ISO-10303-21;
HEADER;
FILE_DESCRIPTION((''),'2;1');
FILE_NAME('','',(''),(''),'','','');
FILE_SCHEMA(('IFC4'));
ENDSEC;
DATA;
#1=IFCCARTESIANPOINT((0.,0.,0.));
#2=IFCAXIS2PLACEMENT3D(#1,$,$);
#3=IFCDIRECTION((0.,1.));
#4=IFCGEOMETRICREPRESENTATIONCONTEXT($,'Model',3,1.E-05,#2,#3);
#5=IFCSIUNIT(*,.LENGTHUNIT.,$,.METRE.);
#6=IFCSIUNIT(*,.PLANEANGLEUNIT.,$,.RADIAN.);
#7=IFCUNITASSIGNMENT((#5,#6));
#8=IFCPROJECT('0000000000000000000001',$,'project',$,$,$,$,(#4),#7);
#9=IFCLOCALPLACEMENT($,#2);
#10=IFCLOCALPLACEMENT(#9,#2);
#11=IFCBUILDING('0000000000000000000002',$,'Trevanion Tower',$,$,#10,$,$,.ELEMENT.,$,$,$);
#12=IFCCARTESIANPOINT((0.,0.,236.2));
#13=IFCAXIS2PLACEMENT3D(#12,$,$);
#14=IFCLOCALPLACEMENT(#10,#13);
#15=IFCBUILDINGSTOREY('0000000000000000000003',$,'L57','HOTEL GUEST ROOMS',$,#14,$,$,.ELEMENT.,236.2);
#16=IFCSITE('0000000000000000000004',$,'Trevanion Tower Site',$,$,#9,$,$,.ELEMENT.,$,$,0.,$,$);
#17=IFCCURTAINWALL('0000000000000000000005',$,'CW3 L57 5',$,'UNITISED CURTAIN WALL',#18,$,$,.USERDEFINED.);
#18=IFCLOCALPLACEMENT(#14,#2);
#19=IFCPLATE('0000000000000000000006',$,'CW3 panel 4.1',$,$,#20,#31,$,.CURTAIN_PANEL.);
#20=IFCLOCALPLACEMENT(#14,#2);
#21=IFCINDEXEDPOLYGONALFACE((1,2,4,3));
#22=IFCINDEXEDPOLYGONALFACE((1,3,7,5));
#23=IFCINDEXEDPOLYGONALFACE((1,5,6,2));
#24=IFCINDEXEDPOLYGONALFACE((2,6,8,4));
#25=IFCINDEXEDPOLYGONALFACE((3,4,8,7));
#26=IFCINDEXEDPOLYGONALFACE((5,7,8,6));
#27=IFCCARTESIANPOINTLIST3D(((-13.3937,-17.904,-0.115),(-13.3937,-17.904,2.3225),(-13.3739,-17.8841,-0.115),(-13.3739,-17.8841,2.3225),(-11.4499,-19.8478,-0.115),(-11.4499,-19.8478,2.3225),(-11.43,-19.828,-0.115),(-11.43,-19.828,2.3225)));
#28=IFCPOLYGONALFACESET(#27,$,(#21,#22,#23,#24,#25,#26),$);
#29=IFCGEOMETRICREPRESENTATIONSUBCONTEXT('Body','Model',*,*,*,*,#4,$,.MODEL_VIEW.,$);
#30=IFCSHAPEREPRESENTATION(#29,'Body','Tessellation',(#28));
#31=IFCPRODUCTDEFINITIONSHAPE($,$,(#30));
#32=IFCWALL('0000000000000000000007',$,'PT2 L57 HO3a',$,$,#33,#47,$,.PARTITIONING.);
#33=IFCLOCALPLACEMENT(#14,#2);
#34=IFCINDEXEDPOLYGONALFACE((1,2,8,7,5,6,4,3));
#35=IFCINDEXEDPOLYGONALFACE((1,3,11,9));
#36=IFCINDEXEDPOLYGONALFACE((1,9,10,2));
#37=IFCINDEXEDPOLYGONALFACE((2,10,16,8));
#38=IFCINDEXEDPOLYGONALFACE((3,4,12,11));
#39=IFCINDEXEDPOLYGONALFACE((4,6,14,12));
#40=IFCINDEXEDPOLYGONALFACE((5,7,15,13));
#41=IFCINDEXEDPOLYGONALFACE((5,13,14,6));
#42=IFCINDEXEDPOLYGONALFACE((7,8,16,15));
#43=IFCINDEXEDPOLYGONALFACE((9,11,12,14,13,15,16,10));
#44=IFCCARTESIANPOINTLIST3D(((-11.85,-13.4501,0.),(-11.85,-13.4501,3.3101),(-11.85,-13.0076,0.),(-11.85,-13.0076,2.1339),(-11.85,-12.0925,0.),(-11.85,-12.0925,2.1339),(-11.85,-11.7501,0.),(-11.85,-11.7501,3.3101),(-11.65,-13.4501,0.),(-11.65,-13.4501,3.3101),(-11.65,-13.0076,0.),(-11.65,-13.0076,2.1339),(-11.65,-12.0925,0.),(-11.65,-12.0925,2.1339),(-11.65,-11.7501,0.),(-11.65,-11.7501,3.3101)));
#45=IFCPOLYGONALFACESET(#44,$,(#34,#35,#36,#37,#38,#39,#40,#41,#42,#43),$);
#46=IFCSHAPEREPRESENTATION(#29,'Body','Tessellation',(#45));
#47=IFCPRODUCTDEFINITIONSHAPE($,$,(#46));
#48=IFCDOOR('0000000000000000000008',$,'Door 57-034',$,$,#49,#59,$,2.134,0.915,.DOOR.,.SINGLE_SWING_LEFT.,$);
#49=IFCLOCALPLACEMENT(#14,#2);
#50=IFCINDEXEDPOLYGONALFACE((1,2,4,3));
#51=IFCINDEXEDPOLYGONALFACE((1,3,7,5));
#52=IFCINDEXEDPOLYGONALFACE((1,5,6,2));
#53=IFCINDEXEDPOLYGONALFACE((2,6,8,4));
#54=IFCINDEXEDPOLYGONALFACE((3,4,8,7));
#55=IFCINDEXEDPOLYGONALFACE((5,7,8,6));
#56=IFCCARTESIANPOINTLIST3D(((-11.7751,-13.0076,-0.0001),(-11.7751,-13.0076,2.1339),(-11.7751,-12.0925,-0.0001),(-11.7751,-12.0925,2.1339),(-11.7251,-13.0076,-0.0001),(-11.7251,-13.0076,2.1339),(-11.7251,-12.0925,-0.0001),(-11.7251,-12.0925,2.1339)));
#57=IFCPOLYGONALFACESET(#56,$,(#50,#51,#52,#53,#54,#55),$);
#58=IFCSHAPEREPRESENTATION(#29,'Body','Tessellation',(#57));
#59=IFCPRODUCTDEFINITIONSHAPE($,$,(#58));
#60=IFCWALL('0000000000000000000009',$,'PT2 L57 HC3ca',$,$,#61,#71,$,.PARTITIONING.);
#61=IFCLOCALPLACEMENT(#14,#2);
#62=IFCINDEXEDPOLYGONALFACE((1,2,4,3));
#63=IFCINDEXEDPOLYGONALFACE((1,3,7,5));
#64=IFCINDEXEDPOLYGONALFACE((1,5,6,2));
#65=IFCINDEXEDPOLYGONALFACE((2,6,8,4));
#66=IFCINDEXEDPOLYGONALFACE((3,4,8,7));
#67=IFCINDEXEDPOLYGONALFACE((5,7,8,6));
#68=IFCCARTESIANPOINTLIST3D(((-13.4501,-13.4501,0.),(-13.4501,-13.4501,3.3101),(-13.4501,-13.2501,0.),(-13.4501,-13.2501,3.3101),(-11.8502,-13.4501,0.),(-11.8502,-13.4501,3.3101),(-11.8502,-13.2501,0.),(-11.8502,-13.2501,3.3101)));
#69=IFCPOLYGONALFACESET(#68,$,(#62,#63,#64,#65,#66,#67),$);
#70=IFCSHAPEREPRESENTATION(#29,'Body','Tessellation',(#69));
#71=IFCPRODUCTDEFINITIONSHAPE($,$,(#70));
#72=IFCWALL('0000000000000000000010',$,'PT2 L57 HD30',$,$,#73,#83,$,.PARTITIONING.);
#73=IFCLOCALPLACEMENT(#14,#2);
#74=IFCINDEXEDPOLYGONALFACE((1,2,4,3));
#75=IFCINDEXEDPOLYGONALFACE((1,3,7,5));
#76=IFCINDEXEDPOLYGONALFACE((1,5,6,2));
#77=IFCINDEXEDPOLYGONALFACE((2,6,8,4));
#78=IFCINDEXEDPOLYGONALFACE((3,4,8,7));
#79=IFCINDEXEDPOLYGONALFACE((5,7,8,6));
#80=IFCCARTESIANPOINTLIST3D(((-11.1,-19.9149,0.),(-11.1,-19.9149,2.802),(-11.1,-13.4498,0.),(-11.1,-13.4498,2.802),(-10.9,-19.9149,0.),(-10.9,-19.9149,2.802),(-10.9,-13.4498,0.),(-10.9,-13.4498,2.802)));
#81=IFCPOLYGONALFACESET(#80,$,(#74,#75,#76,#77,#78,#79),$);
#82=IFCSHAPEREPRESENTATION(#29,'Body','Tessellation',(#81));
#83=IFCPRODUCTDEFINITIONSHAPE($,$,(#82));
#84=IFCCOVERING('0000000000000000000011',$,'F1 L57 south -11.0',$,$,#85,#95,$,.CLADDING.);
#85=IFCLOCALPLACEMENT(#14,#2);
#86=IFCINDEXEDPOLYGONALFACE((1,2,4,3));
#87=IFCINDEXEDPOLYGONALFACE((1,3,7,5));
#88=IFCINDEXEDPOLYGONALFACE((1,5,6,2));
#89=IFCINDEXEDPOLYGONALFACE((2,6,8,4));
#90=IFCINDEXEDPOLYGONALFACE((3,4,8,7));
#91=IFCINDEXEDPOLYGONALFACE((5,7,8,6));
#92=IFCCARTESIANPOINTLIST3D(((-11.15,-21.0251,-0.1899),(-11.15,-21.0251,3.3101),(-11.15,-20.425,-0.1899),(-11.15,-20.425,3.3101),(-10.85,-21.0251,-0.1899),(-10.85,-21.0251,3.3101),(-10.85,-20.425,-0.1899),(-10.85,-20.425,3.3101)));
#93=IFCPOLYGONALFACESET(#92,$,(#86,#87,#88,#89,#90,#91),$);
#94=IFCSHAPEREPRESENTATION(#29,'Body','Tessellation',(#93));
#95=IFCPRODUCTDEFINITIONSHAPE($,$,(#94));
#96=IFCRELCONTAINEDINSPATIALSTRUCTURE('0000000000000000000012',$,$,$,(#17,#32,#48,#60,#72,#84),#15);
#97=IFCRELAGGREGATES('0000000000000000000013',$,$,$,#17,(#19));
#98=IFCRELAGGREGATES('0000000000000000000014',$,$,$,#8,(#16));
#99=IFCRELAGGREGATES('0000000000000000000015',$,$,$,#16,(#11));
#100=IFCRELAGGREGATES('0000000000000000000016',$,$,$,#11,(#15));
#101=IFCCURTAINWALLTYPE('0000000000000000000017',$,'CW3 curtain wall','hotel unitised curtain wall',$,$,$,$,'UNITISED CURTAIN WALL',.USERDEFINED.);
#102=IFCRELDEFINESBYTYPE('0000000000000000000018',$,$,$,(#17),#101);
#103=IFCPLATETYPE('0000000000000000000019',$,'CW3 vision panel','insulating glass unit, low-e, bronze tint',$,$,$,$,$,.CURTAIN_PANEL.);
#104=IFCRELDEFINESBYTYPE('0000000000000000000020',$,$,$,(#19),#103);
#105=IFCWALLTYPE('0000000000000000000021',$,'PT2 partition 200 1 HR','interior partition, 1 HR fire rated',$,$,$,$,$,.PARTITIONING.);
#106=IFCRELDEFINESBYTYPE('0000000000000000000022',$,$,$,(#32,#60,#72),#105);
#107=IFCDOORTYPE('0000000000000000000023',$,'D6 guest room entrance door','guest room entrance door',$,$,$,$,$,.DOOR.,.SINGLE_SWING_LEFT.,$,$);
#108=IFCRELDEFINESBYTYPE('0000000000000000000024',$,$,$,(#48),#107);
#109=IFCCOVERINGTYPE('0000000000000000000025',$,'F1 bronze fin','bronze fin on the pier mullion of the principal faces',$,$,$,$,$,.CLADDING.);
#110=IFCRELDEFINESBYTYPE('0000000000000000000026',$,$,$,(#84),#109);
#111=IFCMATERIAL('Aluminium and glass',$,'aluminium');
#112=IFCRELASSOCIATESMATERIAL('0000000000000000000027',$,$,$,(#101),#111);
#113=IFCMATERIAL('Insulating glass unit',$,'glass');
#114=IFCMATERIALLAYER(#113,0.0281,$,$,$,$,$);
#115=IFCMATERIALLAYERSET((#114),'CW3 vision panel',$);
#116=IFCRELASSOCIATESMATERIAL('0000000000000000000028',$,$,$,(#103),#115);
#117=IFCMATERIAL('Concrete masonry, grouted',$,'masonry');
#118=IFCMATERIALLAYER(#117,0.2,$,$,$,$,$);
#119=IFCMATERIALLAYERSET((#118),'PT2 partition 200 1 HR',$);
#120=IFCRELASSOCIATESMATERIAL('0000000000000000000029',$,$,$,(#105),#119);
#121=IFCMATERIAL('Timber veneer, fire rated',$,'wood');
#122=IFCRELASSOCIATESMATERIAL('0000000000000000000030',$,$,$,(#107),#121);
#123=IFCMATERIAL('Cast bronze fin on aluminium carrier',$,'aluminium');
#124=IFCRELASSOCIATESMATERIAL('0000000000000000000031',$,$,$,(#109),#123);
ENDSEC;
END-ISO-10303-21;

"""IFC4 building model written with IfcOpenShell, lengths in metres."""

from ifc_helpers import new_model, si_unit, direction, frame, frame_2d, origin, origin_2d, place, context, subcontext, project, spatial, rectangle, extrude, material, layer, layer_set, type_object, element, fill, aggregate, save


model = new_model("IFC4")

# Units and contexts
model_context = context("Model", 3, precision=1e-05, world=origin(), true_north=direction((0.0, 1.0)))
body_context = subcontext(model_context, "Body", "Model", "MODEL_VIEW")
ifc_project = project(units=[si_unit("LENGTHUNIT", "METRE"), si_unit("PLANEANGLEUNIT", "RADIAN")], contexts=[model_context])

# Site, building, storey
site_placement = place(None, origin())
site = spatial("IfcSite", under=ifc_project, at=site_placement, Name="Trevanion Tower Site", CompositionType="ELEMENT", RefElevation=0.0)
building_placement = place(site_placement, origin())
building = spatial("IfcBuilding", under=site, at=building_placement, Name="Trevanion Tower", CompositionType="ELEMENT")
storey_placement = place(building_placement, frame((0.0, 0.0, 236.2)))
storey = spatial("IfcBuildingStorey", under=building, at=storey_placement, Name="L57", Description="HOTEL GUEST ROOMS", CompositionType="ELEMENT", Elevation=236.2)

# Curtain wall
ifc_material_1 = material(Name="Aluminium and glass", Category="aluminium")
curtain_wall_type = type_object("IfcCurtainWallType", Name="CW3 curtain wall", Description="hotel unitised curtain wall", ElementType="UNITISED CURTAIN WALL", PredefinedType="USERDEFINED", material=ifc_material_1)
curtain_wall_placement = place(storey_placement, origin())
curtain_wall = element("IfcCurtainWall", 1, at=curtain_wall_placement, inside=storey, type_object=curtain_wall_type, Name="CW3 L57 5", ObjectType="UNITISED CURTAIN WALL", PredefinedType="USERDEFINED")

# Plate
ifc_material_2 = material(Name="Insulating glass unit", Category="glass")
ifc_layer_1 = layer(ifc_material_2, 0.0281)
ifc_layer_set_1 = layer_set([ifc_layer_1], Name="CW3 vision panel")
plate_type_1 = type_object("IfcPlateType", Name="CW3 vision panel", Description="insulating glass unit, low-e, bronze tint", PredefinedType="CURTAIN_PANEL", material=ifc_layer_set_1)
plate_1_placement = place(storey_placement, frame((-12.4119, -18.866, -0.115), z_axis=(0.0, 0.0, 1.0), x_axis=(0.707107, -0.707107, 0.0)))
plate_1 = element("IfcPlate", 2, at=plate_1_placement, type_object=plate_type_1, Name="CW3 panel 4.1", PredefinedType="CURTAIN_PANEL", context=body_context, shape_type="SweptSolid", body=[
    extrude(rectangle(XDim=2.749, YDim=0.0281, at=origin_2d()), origin(), (0.0, 0.0, 1.0), 2.4375),
])
aggregate(curtain_wall, [plate_1])

# Wall, opening, door
ifc_material_3 = material(Name="Concrete masonry, grouted", Category="masonry")
ifc_layer_2 = layer(ifc_material_3, 0.2)
ifc_layer_set_2 = layer_set([ifc_layer_2], Name="PT2 partition 200 1 HR")
wall_type = type_object("IfcWallType", Name="PT2 partition 200 1 HR", Description="interior partition, 1 HR fire rated", PredefinedType="PARTITIONING", material=ifc_layer_set_2)
wall_1_placement = place(storey_placement, frame((-11.75, -11.75, 0.0), z_axis=(0.0, 0.0, 1.0), x_axis=(0.0, -1.0, 0.0)))
wall_1 = element("IfcWall", 3, at=wall_1_placement, inside=storey, type_object=wall_type, Name="PT2 L57 HO3a", PredefinedType="PARTITIONING", context=body_context, shape_type="SweptSolid", body=[
    extrude(rectangle(XDim=1.7, YDim=0.2, at=frame_2d((0.8501, 0.0))), origin(), (0.0, 0.0, 1.0), 3.3101),
])
opening_placement = place(wall_1_placement, frame((0.3425, 0.0, 0.0)))
opening = element("IfcOpeningElement", 4, at=opening_placement, cuts=wall_1, PredefinedType="OPENING", context=body_context, shape_type="SweptSolid", body=[
    extrude(rectangle(XDim=0.915, YDim=2.134, at=frame_2d((0.4575, 1.0669))), frame((0.0, 0.1099, 0.0), z_axis=(0.0, -1.0, 0.0), x_axis=(1.0, 0.0, 0.0)), (0.0, 0.0, 1.0), 0.22),
])
ifc_material_4 = material(Name="Timber veneer, fire rated", Category="wood")
door_type = type_object("IfcDoorType", Name="D6 guest room entrance door", Description="guest room entrance door", OperationType="SINGLE_SWING_LEFT", PredefinedType="DOOR", material=ifc_material_4)
door_placement = place(opening_placement, origin())
door = element("IfcDoor", 5, at=door_placement, inside=storey, type_object=door_type, Name="Door 57-034", OperationType="SINGLE_SWING_LEFT", OverallHeight=2.134, OverallWidth=0.915, PredefinedType="DOOR", context=body_context, shape_type="SweptSolid", body=[
    extrude(rectangle(XDim=0.915, YDim=2.134, at=frame_2d((0.4575, 1.0669))), frame((0.0, 0.0249, 0.0), z_axis=(0.0, -1.0, 0.0), x_axis=(1.0, 0.0, 0.0)), (0.0, 0.0, 1.0), 0.05),
])
fill(opening, door)

# Walls
wall_2_placement = place(storey_placement, frame((-13.45, -13.3501, 0.0), z_axis=(0.0, 0.0, 1.0), x_axis=(1.0, 0.0, 0.0)))
element("IfcWall", 6, at=wall_2_placement, inside=storey, type_object=wall_type, Name="PT2 L57 HC3ca", PredefinedType="PARTITIONING", context=body_context, shape_type="SweptSolid", body=[
    extrude(rectangle(XDim=1.5999, YDim=0.2, at=frame_2d((0.7998, 0.0))), origin(), (0.0, 0.0, 1.0), 3.3101),
])
wall_3_placement = place(storey_placement, frame((-11.0, -13.45, 0.0), z_axis=(0.0, 0.0, 1.0), x_axis=(0.0, -1.0, 0.0)))
element("IfcWall", 7, at=wall_3_placement, inside=storey, type_object=wall_type, Name="PT2 L57 HD30", PredefinedType="PARTITIONING", context=body_context, shape_type="SweptSolid", body=[
    extrude(rectangle(XDim=6.4651, YDim=0.2, at=frame_2d((3.2324, 0.0))), origin(), (0.0, 0.0, 1.0), 2.802),
])

# Covering
ifc_material_5 = material(Name="Cast bronze fin on aluminium carrier", Category="aluminium")
covering_type = type_object("IfcCoveringType", Name="F1 bronze fin", Description="bronze fin on the pier mullion of the principal faces", PredefinedType="CLADDING", material=ifc_material_5)
covering_placement = place(storey_placement, frame((-11.0, -20.7251, -0.1899), z_axis=(0.0, 0.0, 1.0), x_axis=(1.0, 0.0, 0.0)))
element("IfcCovering", 8, at=covering_placement, inside=storey, type_object=covering_type, Name="F1 L57 south -11.0", PredefinedType="CLADDING", context=body_context, shape_type="SweptSolid", body=[
    extrude(rectangle(XDim=0.3, YDim=0.6001, at=origin_2d()), origin(), (0.0, 0.0, 1.0), 3.5),
])

save(model, "model.ifc")
